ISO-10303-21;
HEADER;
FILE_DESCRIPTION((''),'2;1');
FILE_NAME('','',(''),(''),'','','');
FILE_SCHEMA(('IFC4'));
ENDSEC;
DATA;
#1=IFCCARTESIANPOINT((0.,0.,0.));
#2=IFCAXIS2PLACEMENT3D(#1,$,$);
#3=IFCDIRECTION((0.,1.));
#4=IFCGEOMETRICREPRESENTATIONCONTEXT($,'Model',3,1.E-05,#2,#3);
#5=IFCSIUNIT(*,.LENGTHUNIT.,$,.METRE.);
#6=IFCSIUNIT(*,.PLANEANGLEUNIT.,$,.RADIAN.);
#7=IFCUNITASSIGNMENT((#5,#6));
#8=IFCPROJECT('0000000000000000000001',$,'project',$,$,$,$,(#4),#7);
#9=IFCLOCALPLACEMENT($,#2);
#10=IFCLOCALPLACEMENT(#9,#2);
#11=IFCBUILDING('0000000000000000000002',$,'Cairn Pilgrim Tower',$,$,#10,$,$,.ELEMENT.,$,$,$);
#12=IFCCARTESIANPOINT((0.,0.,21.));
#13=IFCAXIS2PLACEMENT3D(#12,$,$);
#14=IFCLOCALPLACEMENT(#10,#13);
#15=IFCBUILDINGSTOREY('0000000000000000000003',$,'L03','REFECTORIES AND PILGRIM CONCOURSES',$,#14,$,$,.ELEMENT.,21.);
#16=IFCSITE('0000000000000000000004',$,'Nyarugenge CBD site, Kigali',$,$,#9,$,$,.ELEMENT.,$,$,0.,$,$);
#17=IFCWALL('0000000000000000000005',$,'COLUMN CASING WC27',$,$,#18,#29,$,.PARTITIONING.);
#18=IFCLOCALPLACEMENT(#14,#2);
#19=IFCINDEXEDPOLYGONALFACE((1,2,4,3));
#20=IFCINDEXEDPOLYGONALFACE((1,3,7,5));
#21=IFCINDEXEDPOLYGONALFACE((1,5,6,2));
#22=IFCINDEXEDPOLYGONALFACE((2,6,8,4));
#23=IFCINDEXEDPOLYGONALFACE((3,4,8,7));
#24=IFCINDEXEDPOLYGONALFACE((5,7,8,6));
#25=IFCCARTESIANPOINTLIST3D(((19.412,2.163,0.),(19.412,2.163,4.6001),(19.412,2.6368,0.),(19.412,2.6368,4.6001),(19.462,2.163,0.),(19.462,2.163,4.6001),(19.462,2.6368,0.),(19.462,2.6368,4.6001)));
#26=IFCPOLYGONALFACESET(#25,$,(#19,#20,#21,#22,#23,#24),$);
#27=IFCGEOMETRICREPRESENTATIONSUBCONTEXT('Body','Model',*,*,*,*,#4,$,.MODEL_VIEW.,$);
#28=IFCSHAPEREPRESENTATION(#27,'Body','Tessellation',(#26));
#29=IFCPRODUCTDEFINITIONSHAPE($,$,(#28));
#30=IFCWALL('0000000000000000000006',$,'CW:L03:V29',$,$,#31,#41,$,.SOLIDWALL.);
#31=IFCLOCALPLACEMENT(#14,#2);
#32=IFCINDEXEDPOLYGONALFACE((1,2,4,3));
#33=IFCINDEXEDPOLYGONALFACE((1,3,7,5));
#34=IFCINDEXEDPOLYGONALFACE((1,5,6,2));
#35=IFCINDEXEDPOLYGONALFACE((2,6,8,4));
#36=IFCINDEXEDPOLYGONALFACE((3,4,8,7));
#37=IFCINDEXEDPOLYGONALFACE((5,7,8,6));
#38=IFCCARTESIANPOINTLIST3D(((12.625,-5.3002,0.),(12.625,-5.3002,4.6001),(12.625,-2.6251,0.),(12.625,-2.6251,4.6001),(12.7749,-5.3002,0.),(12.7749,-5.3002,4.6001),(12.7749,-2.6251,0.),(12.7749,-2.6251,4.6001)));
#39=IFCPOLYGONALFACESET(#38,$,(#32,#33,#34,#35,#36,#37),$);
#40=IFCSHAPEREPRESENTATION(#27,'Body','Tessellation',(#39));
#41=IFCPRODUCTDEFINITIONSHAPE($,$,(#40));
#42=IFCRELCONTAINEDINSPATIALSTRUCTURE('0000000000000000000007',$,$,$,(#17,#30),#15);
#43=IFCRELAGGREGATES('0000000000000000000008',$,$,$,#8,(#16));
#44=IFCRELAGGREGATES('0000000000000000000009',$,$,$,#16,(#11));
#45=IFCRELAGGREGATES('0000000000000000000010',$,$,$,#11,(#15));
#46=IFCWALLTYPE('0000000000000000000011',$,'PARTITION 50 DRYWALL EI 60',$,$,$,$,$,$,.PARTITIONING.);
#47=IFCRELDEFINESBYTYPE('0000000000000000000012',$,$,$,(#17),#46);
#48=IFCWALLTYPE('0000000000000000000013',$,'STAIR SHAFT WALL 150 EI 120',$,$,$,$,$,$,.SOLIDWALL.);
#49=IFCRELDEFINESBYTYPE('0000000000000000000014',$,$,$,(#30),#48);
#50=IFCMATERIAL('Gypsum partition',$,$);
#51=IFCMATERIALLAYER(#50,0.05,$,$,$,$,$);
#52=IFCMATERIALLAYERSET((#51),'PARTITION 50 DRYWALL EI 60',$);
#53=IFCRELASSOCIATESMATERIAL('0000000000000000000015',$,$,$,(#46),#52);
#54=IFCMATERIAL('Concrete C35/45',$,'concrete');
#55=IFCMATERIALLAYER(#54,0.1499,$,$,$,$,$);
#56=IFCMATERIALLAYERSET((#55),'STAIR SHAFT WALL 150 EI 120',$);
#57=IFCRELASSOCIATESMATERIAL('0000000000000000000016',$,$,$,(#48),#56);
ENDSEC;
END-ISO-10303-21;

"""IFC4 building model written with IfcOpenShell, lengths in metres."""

from ifc_helpers import new_model, si_unit, direction, frame, frame_2d, origin, place, context, subcontext, project, spatial, rectangle, extrude, material, layer, layer_set, type_object, element, save


model = new_model("IFC4")

# Units and contexts
model_context = context("Model", 3, precision=1e-05, world=origin(), true_north=direction((0.0, 1.0)))
body_context = subcontext(model_context, "Body", "Model", "MODEL_VIEW")
ifc_project = project(units=[si_unit("LENGTHUNIT", "METRE"), si_unit("PLANEANGLEUNIT", "RADIAN")], contexts=[model_context])

# Site, building, storey
site_placement = place(None, origin())
site = spatial("IfcSite", under=ifc_project, at=site_placement, Name="Nyarugenge CBD site, Kigali", CompositionType="ELEMENT", RefElevation=0.0)
building_placement = place(site_placement, origin())
building = spatial("IfcBuilding", under=site, at=building_placement, Name="Cairn Pilgrim Tower", CompositionType="ELEMENT")
storey_placement = place(building_placement, frame((0.0, 0.0, 21.0)))
storey = spatial("IfcBuildingStorey", under=building, at=storey_placement, Name="L03", Description="REFECTORIES AND PILGRIM CONCOURSES", CompositionType="ELEMENT", Elevation=21.0)

# Walls
ifc_material_1 = material(Name="Gypsum partition")
ifc_layer_1 = layer(ifc_material_1, 0.05)
ifc_layer_set_1 = layer_set([ifc_layer_1], Name="PARTITION 50 DRYWALL EI 60")
wall_type_1 = type_object("IfcWallType", Name="PARTITION 50 DRYWALL EI 60", PredefinedType="PARTITIONING", material=ifc_layer_set_1)
wall_1_placement = place(storey_placement, frame((19.437, 2.1631, 0.0), z_axis=(0.0, 0.0, 1.0), x_axis=(0.0, 1.0, 0.0)))
element("IfcWall", 1, at=wall_1_placement, inside=storey, type_object=wall_type_1, Name="COLUMN CASING WC27", PredefinedType="PARTITIONING", context=body_context, shape_type="SweptSolid", body=[
    extrude(rectangle(XDim=0.4739, YDim=0.05, at=frame_2d((0.2368, 0.0))), origin(), (0.0, 0.0, 1.0), 4.6001),
])
ifc_material_2 = material(Name="Concrete C35/45", Category="concrete")
ifc_layer_2 = layer(ifc_material_2, 0.1499)
ifc_layer_set_2 = layer_set([ifc_layer_2], Name="STAIR SHAFT WALL 150 EI 120")
wall_type_2 = type_object("IfcWallType", Name="STAIR SHAFT WALL 150 EI 120", PredefinedType="SOLIDWALL", material=ifc_layer_set_2)
wall_2_placement = place(storey_placement, frame((12.7, -5.3, 0.0), z_axis=(0.0, 0.0, 1.0), x_axis=(0.0, 1.0, 0.0)))
element("IfcWall", 2, at=wall_2_placement, inside=storey, type_object=wall_type_2, Name="CW:L03:V29", PredefinedType="SOLIDWALL", context=body_context, shape_type="SweptSolid", body=[
    extrude(rectangle(XDim=2.675, YDim=0.1499, at=frame_2d((1.3374, 0.0))), origin(), (0.0, 0.0, 1.0), 4.6001),
])

save(model, "model.ifc")
